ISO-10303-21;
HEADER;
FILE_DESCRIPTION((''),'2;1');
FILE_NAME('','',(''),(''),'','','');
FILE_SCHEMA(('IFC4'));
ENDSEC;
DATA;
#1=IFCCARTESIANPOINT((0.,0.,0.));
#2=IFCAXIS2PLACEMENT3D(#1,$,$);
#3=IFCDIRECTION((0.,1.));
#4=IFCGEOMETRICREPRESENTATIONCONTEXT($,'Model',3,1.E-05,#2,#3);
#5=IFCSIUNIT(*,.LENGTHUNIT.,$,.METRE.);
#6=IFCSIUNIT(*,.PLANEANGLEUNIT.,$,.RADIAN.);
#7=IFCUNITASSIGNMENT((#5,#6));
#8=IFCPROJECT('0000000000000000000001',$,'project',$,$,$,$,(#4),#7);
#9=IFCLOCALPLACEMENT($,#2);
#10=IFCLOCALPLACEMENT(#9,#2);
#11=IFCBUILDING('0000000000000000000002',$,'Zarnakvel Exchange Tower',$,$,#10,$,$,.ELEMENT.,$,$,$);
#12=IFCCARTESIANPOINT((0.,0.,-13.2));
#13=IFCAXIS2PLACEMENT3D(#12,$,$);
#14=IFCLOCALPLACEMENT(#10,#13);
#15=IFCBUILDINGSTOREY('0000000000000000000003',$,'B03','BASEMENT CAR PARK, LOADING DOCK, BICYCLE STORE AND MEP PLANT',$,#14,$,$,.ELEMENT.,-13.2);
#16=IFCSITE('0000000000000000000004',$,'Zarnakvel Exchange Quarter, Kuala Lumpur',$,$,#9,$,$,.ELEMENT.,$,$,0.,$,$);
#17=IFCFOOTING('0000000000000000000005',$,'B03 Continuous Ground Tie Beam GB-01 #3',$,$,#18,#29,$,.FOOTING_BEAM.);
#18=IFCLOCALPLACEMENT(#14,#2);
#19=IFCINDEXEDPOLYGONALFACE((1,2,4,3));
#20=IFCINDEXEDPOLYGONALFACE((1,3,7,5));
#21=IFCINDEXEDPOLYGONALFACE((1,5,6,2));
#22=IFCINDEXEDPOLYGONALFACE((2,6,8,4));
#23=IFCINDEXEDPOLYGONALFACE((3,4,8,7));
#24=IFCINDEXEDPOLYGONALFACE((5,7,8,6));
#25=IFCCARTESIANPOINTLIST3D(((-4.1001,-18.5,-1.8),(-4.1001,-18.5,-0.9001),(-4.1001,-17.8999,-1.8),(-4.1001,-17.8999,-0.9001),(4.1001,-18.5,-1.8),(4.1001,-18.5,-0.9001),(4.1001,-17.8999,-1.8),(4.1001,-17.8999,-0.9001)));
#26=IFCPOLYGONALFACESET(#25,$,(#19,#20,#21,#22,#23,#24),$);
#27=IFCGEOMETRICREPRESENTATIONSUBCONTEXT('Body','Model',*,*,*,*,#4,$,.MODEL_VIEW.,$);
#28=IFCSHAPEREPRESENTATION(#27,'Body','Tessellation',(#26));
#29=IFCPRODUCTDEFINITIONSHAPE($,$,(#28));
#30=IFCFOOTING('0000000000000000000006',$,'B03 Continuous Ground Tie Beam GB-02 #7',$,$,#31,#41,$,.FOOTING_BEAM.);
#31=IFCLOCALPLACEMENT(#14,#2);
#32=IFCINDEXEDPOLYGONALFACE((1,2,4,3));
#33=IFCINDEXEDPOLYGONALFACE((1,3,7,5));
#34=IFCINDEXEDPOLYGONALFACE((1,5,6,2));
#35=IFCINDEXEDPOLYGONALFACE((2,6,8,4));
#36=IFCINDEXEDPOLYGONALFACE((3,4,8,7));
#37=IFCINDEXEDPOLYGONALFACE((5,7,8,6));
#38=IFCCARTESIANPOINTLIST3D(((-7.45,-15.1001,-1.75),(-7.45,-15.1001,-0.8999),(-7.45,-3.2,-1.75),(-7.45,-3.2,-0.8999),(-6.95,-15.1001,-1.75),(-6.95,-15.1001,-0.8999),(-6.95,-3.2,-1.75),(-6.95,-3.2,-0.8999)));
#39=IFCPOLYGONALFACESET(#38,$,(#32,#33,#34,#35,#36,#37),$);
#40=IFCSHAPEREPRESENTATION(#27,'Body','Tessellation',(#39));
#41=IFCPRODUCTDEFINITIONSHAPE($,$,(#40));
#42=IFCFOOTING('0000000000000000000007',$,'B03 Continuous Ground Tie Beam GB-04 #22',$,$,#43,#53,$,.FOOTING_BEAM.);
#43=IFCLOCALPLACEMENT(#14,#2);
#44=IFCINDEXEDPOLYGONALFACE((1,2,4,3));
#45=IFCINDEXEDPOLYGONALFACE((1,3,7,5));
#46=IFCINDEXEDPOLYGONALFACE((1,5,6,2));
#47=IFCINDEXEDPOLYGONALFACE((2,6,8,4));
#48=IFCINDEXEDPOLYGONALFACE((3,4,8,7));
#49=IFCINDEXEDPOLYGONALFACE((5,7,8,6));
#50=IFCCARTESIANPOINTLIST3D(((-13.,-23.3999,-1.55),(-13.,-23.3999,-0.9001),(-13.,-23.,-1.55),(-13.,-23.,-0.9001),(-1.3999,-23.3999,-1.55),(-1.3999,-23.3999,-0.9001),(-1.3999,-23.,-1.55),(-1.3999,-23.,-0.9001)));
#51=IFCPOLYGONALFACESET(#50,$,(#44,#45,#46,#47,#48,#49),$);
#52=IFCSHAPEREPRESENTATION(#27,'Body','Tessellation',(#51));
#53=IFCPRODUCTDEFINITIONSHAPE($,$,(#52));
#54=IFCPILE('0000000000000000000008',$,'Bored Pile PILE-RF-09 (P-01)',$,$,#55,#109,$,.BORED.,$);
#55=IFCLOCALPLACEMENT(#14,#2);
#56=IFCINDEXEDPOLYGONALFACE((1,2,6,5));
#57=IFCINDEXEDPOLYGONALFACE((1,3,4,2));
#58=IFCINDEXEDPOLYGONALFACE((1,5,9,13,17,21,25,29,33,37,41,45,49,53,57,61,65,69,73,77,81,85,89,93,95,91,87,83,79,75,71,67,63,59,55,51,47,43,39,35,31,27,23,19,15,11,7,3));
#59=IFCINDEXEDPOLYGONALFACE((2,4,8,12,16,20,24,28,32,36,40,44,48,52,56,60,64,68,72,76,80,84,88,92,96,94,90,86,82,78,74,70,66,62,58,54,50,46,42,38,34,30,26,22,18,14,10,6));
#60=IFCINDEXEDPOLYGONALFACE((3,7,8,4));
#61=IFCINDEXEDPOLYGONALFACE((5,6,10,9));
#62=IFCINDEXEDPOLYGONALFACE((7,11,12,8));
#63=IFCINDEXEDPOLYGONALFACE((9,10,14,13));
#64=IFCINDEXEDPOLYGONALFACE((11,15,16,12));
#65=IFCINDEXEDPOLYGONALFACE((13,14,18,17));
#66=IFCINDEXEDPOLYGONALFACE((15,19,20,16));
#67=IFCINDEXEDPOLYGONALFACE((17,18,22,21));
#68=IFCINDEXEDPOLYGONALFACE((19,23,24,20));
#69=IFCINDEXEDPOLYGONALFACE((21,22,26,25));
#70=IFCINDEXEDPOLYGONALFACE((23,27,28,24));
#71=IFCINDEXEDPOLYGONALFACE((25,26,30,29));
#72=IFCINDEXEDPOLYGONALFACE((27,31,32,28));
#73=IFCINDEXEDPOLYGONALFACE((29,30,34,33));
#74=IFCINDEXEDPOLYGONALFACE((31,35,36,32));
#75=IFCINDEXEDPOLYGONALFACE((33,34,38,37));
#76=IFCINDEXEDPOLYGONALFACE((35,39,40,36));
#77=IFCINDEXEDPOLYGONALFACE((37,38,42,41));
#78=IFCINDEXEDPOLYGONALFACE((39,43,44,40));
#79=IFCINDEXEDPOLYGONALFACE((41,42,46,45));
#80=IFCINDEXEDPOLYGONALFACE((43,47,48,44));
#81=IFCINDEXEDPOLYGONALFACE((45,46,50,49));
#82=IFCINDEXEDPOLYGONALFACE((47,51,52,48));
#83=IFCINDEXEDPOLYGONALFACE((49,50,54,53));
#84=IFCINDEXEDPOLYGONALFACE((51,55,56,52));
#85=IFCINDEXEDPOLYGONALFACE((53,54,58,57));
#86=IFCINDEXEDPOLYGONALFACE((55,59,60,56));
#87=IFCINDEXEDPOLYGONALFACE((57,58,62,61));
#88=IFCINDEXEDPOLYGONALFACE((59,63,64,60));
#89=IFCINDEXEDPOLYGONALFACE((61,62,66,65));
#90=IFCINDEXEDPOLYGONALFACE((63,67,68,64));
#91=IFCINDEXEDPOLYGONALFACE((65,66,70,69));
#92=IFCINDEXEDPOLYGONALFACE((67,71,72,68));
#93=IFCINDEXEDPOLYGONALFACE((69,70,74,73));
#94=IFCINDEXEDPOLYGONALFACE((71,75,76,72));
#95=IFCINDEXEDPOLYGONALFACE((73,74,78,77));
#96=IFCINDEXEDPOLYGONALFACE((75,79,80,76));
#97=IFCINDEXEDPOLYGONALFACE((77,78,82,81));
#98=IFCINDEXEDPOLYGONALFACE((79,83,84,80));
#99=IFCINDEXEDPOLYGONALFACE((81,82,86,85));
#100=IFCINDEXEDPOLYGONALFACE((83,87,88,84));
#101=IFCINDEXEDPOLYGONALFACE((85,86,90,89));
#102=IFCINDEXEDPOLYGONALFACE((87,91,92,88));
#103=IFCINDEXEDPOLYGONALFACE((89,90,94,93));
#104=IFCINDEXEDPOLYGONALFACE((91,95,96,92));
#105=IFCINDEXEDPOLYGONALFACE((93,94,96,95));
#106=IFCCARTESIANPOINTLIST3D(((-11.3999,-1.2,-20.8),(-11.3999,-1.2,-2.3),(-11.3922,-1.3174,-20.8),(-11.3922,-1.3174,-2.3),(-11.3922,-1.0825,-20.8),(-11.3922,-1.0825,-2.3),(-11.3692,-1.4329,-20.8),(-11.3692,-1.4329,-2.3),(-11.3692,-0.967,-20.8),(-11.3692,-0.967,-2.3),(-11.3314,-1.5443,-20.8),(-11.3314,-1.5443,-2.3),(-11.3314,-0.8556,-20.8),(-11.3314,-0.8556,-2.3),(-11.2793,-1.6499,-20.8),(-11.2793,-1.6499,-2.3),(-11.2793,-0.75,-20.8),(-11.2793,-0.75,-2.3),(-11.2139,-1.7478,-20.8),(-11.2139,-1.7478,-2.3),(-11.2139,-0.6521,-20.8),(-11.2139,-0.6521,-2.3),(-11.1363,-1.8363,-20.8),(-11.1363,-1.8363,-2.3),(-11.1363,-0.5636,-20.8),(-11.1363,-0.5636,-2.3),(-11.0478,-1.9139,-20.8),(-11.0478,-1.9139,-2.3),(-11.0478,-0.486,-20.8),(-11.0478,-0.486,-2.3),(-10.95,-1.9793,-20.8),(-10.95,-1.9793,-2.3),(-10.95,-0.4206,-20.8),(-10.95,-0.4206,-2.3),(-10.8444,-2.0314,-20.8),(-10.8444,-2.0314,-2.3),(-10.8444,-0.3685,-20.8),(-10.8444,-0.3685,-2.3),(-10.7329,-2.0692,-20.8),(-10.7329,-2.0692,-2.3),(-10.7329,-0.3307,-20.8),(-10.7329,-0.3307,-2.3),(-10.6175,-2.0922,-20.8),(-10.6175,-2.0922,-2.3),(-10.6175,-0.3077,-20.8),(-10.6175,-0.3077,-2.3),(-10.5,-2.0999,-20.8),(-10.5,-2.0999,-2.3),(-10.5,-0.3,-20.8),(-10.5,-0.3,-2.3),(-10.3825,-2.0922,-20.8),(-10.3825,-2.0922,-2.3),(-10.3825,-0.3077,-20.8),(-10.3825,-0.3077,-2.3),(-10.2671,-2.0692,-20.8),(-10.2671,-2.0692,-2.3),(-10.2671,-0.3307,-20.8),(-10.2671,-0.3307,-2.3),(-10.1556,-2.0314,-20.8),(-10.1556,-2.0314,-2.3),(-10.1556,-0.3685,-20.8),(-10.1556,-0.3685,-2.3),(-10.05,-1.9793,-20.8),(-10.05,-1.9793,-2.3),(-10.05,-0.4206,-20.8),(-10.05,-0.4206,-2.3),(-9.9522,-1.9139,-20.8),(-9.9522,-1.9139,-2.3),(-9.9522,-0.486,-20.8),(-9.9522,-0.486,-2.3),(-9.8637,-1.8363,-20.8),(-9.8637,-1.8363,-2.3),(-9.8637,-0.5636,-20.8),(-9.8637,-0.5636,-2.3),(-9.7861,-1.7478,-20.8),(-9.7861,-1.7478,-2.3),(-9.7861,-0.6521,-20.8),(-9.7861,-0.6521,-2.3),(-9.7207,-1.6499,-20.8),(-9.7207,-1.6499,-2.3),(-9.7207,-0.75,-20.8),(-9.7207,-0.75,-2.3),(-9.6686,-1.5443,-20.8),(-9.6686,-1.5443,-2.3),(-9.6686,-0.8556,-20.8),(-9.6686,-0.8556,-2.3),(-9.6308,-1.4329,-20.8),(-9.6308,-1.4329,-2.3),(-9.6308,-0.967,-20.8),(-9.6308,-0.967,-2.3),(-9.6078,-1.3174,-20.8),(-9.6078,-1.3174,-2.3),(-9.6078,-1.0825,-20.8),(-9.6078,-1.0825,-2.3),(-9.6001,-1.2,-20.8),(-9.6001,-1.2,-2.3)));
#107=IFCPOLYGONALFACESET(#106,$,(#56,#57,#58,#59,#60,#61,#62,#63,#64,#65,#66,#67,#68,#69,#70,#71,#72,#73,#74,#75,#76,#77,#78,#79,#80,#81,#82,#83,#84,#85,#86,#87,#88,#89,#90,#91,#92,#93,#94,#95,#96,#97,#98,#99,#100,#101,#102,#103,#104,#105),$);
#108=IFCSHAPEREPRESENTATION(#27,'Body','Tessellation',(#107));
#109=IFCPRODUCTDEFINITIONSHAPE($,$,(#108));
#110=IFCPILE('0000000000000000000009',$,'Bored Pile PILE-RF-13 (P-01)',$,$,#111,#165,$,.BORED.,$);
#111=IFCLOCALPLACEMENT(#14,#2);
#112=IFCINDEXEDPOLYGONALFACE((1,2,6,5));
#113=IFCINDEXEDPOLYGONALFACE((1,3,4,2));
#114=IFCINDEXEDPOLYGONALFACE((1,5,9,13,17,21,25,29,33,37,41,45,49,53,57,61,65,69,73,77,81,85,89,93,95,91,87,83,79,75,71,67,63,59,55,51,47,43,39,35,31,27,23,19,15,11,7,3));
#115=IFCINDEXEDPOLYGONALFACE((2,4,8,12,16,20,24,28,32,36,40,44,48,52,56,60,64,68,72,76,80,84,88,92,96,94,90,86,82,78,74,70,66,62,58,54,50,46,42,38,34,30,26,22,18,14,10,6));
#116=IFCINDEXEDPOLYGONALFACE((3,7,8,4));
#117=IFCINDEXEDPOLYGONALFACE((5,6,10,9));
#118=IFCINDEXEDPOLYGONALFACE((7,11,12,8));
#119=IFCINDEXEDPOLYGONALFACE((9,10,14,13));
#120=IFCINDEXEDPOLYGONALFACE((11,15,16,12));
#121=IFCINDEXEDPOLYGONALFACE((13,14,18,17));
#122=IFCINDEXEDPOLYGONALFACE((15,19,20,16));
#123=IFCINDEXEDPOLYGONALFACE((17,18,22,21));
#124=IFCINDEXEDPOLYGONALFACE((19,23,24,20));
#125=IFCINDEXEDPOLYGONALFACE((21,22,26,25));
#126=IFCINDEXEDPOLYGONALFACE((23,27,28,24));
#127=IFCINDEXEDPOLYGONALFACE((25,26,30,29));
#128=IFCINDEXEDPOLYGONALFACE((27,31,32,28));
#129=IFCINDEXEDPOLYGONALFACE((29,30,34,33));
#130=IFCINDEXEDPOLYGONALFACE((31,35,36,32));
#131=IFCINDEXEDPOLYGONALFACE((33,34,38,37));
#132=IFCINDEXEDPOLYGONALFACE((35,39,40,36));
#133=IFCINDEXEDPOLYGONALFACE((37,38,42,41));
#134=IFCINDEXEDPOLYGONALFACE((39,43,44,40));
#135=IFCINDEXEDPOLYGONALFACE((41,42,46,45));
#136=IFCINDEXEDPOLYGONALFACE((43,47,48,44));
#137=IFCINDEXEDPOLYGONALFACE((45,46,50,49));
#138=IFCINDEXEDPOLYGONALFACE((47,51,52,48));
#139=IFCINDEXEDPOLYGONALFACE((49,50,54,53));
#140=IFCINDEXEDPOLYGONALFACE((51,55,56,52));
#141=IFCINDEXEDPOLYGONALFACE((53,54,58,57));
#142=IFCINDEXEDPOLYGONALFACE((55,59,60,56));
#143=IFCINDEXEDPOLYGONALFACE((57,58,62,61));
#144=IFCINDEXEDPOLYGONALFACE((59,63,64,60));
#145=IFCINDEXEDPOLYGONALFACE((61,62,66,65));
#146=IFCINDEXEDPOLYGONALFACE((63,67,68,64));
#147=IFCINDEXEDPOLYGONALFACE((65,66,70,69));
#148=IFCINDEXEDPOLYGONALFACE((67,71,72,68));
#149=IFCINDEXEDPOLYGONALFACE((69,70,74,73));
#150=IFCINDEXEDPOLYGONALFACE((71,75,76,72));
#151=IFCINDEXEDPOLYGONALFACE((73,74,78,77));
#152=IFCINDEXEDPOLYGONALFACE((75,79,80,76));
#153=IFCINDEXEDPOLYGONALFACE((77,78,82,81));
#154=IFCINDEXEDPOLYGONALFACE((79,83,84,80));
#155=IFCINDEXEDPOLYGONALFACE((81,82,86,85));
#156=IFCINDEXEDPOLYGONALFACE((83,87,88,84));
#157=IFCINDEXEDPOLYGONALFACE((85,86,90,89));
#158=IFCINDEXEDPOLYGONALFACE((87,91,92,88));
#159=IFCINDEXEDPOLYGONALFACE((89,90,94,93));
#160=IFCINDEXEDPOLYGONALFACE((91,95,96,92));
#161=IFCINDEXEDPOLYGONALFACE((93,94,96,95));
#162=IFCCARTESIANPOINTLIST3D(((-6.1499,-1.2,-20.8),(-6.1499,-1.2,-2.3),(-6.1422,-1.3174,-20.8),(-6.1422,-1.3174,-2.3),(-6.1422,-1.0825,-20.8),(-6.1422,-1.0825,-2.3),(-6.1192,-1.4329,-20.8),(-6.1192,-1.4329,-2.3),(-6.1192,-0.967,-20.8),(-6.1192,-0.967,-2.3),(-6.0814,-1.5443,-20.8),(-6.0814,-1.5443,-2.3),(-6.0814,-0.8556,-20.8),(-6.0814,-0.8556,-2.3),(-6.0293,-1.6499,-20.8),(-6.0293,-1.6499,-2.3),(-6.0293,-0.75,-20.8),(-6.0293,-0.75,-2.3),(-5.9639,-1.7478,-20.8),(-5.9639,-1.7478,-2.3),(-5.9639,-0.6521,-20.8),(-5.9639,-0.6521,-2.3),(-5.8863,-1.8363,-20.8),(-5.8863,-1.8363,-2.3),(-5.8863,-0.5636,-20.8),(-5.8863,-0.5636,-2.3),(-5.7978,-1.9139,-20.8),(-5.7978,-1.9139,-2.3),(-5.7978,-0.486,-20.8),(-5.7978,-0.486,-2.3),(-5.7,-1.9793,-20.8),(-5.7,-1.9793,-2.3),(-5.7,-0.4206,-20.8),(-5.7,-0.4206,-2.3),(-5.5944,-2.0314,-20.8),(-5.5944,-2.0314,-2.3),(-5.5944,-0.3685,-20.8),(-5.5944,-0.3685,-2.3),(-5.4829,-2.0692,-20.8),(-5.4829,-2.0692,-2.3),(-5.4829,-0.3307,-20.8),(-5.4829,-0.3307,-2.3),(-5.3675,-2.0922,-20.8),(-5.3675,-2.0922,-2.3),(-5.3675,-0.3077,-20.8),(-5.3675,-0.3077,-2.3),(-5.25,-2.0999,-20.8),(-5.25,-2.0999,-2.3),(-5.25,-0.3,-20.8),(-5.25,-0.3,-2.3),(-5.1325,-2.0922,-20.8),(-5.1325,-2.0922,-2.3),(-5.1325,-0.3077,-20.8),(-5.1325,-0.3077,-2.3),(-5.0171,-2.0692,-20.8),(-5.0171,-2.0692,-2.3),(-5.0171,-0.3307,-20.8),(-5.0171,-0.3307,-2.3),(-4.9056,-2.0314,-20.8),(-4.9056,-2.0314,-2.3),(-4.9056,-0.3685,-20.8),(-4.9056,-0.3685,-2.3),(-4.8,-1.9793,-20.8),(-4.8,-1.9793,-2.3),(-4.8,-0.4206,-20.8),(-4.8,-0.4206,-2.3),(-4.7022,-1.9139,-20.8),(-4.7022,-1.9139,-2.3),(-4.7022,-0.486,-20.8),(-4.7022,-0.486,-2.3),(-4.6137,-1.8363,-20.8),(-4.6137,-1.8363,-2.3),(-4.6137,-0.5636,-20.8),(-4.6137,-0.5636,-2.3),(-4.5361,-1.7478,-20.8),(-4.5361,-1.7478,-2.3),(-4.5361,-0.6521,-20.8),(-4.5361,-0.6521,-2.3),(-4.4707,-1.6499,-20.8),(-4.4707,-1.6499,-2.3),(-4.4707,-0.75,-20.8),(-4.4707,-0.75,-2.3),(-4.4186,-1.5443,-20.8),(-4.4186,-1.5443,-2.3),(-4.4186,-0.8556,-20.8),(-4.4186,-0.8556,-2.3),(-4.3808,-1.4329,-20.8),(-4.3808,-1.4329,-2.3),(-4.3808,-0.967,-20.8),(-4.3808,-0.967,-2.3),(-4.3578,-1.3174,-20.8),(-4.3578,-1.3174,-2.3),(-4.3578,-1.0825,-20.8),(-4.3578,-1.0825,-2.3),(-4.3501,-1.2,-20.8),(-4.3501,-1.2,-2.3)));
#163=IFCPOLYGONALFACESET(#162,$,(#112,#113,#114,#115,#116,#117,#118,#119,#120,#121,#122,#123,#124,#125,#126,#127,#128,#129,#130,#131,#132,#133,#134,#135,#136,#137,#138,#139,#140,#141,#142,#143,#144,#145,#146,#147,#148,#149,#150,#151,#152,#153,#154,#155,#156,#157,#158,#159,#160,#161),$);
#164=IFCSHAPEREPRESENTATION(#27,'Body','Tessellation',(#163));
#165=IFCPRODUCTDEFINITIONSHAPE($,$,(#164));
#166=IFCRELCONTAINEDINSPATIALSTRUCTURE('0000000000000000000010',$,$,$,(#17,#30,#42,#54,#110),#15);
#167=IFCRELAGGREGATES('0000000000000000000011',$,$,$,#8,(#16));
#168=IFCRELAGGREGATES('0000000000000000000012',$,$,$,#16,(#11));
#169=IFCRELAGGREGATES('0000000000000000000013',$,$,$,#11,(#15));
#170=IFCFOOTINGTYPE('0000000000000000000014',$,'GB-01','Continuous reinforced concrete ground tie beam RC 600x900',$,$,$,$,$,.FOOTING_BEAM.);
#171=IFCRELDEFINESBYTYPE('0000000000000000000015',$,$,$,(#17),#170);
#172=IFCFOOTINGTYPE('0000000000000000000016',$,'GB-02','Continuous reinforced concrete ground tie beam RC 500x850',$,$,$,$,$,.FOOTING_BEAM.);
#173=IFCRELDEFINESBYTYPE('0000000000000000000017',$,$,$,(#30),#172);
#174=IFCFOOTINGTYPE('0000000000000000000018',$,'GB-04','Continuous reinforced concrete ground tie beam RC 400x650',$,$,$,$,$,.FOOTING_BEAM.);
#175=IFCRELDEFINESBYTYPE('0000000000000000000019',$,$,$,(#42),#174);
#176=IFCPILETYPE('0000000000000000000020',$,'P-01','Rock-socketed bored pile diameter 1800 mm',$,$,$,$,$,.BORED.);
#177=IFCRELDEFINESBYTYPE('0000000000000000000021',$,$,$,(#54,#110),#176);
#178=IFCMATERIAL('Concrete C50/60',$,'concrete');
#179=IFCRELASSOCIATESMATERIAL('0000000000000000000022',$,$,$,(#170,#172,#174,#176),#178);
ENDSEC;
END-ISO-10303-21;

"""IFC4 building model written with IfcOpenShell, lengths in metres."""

from ifc_helpers import new_model, si_unit, direction, frame, origin, origin_2d, place, context, subcontext, project, spatial, rectangle, circle, extrude, material, material_profile, profile_set, type_object, element, save


model = new_model("IFC4")

# Units and contexts
model_context = context("Model", 3, precision=1e-05, world=origin(), true_north=direction((0.0, 1.0)))
body_context = subcontext(model_context, "Body", "Model", "MODEL_VIEW")
ifc_project = project(units=[si_unit("LENGTHUNIT", "METRE"), si_unit("PLANEANGLEUNIT", "RADIAN")], contexts=[model_context])

# Site, building, storey
site_placement = place(None, origin())
site = spatial("IfcSite", under=ifc_project, at=site_placement, Name="Zarnakvel Exchange Quarter, Kuala Lumpur", CompositionType="ELEMENT", RefElevation=0.0)
building_placement = place(site_placement, origin())
building = spatial("IfcBuilding", under=site, at=building_placement, Name="Zarnakvel Exchange Tower", CompositionType="ELEMENT")
storey_placement = place(building_placement, frame((0.0, 0.0, -13.2)))
storey = spatial("IfcBuildingStorey", under=building, at=storey_placement, Name="B03", Description="BASEMENT CAR PARK, LOADING DOCK, BICYCLE STORE AND MEP PLANT", CompositionType="ELEMENT", Elevation=-13.2)

# Footings
ifc_material_1 = material(Name="Concrete C50/60", Category="concrete")
ifc_material_profile_1 = material_profile(ifc_material_1, rectangle(XDim=0.6001, YDim=0.8999, at=origin_2d()))
ifc_profile_set_1 = profile_set([ifc_material_profile_1], Name="Concrete C50/60")
footing_type_1 = type_object("IfcFootingType", Name="GB-01", Description="Continuous reinforced concrete ground tie beam RC 600x900", PredefinedType="FOOTING_BEAM", material=ifc_profile_set_1)
footing_1_placement = place(storey_placement, frame((-4.1001, -18.2, -1.3501), z_axis=(1.0, 0.0, 0.0), x_axis=(0.0, 1.0, 0.0)))
element("IfcFooting", 1, at=footing_1_placement, inside=storey, type_object=footing_type_1, Name="B03 Continuous Ground Tie Beam GB-01 #3", PredefinedType="FOOTING_BEAM", context=body_context, shape_type="SweptSolid", body=[
    extrude(rectangle(XDim=0.6001, YDim=0.8999, at=origin_2d()), origin(), (0.0, 0.0, 1.0), 8.2002),
])
ifc_material_profile_2 = material_profile(ifc_material_1, rectangle(XDim=0.5, YDim=0.8501, at=origin_2d()))
ifc_profile_set_2 = profile_set([ifc_material_profile_2], Name="Concrete C50/60")
footing_type_2 = type_object("IfcFootingType", Name="GB-02", Description="Continuous reinforced concrete ground tie beam RC 500x850", PredefinedType="FOOTING_BEAM", material=ifc_profile_set_2)
footing_2_placement = place(storey_placement, frame((-7.2, -15.1001, -1.325), z_axis=(0.0, 1.0, 0.0), x_axis=(-1.0, 0.0, 0.0)))
element("IfcFooting", 2, at=footing_2_placement, inside=storey, type_object=footing_type_2, Name="B03 Continuous Ground Tie Beam GB-02 #7", PredefinedType="FOOTING_BEAM", context=body_context, shape_type="SweptSolid", body=[
    extrude(rectangle(XDim=0.5, YDim=0.8501, at=origin_2d()), origin(), (0.0, 0.0, 1.0), 11.9001),
])
ifc_material_profile_3 = material_profile(ifc_material_1, rectangle(XDim=0.3999, YDim=0.6499, at=origin_2d()))
ifc_profile_set_3 = profile_set([ifc_material_profile_3], Name="Concrete C50/60")
footing_type_3 = type_object("IfcFootingType", Name="GB-04", Description="Continuous reinforced concrete ground tie beam RC 400x650", PredefinedType="FOOTING_BEAM", material=ifc_profile_set_3)
footing_3_placement = place(storey_placement, frame((-13.0, -23.2, -1.2251), z_axis=(1.0, 0.0, 0.0), x_axis=(0.0, 1.0, 0.0)))
element("IfcFooting", 3, at=footing_3_placement, inside=storey, type_object=footing_type_3, Name="B03 Continuous Ground Tie Beam GB-04 #22", PredefinedType="FOOTING_BEAM", context=body_context, shape_type="SweptSolid", body=[
    extrude(rectangle(XDim=0.3999, YDim=0.6499, at=origin_2d()), origin(), (0.0, 0.0, 1.0), 11.6001),
])

# Piles
ifc_material_profile_4 = material_profile(ifc_material_1, circle(Radius=0.8999, at=origin_2d()))
ifc_profile_set_4 = profile_set([ifc_material_profile_4], Name="Concrete C50/60")
pile_type_1 = type_object("IfcPileType", Name="P-01", Description="Rock-socketed bored pile diameter 1800 mm", PredefinedType="BORED", material=ifc_profile_set_4)
for number, where, z_axis, x_axis, name in (
    (4, (-10.5, -1.2, -2.3), (0.0, 0.0, -1.0), (1.0, 0.0, 0.0), "Bored Pile PILE-RF-09 (P-01)"),
    (5, (-5.25, -1.2, -2.3), (0.0, 0.0, -1.0), (1.0, 0.0, 0.0), "Bored Pile PILE-RF-13 (P-01)"),
):
    element("IfcPile", number, at=place(storey_placement, frame(where, z_axis=z_axis, x_axis=x_axis)), inside=storey, type_object=pile_type_1, Name=name, PredefinedType="BORED", context=body_context, shape_type="SweptSolid", body=[
        extrude(circle(Radius=0.8999, at=origin_2d()), origin(), (0.0, 0.0, 1.0), 18.5),
    ])

save(model, "model.ifc")
